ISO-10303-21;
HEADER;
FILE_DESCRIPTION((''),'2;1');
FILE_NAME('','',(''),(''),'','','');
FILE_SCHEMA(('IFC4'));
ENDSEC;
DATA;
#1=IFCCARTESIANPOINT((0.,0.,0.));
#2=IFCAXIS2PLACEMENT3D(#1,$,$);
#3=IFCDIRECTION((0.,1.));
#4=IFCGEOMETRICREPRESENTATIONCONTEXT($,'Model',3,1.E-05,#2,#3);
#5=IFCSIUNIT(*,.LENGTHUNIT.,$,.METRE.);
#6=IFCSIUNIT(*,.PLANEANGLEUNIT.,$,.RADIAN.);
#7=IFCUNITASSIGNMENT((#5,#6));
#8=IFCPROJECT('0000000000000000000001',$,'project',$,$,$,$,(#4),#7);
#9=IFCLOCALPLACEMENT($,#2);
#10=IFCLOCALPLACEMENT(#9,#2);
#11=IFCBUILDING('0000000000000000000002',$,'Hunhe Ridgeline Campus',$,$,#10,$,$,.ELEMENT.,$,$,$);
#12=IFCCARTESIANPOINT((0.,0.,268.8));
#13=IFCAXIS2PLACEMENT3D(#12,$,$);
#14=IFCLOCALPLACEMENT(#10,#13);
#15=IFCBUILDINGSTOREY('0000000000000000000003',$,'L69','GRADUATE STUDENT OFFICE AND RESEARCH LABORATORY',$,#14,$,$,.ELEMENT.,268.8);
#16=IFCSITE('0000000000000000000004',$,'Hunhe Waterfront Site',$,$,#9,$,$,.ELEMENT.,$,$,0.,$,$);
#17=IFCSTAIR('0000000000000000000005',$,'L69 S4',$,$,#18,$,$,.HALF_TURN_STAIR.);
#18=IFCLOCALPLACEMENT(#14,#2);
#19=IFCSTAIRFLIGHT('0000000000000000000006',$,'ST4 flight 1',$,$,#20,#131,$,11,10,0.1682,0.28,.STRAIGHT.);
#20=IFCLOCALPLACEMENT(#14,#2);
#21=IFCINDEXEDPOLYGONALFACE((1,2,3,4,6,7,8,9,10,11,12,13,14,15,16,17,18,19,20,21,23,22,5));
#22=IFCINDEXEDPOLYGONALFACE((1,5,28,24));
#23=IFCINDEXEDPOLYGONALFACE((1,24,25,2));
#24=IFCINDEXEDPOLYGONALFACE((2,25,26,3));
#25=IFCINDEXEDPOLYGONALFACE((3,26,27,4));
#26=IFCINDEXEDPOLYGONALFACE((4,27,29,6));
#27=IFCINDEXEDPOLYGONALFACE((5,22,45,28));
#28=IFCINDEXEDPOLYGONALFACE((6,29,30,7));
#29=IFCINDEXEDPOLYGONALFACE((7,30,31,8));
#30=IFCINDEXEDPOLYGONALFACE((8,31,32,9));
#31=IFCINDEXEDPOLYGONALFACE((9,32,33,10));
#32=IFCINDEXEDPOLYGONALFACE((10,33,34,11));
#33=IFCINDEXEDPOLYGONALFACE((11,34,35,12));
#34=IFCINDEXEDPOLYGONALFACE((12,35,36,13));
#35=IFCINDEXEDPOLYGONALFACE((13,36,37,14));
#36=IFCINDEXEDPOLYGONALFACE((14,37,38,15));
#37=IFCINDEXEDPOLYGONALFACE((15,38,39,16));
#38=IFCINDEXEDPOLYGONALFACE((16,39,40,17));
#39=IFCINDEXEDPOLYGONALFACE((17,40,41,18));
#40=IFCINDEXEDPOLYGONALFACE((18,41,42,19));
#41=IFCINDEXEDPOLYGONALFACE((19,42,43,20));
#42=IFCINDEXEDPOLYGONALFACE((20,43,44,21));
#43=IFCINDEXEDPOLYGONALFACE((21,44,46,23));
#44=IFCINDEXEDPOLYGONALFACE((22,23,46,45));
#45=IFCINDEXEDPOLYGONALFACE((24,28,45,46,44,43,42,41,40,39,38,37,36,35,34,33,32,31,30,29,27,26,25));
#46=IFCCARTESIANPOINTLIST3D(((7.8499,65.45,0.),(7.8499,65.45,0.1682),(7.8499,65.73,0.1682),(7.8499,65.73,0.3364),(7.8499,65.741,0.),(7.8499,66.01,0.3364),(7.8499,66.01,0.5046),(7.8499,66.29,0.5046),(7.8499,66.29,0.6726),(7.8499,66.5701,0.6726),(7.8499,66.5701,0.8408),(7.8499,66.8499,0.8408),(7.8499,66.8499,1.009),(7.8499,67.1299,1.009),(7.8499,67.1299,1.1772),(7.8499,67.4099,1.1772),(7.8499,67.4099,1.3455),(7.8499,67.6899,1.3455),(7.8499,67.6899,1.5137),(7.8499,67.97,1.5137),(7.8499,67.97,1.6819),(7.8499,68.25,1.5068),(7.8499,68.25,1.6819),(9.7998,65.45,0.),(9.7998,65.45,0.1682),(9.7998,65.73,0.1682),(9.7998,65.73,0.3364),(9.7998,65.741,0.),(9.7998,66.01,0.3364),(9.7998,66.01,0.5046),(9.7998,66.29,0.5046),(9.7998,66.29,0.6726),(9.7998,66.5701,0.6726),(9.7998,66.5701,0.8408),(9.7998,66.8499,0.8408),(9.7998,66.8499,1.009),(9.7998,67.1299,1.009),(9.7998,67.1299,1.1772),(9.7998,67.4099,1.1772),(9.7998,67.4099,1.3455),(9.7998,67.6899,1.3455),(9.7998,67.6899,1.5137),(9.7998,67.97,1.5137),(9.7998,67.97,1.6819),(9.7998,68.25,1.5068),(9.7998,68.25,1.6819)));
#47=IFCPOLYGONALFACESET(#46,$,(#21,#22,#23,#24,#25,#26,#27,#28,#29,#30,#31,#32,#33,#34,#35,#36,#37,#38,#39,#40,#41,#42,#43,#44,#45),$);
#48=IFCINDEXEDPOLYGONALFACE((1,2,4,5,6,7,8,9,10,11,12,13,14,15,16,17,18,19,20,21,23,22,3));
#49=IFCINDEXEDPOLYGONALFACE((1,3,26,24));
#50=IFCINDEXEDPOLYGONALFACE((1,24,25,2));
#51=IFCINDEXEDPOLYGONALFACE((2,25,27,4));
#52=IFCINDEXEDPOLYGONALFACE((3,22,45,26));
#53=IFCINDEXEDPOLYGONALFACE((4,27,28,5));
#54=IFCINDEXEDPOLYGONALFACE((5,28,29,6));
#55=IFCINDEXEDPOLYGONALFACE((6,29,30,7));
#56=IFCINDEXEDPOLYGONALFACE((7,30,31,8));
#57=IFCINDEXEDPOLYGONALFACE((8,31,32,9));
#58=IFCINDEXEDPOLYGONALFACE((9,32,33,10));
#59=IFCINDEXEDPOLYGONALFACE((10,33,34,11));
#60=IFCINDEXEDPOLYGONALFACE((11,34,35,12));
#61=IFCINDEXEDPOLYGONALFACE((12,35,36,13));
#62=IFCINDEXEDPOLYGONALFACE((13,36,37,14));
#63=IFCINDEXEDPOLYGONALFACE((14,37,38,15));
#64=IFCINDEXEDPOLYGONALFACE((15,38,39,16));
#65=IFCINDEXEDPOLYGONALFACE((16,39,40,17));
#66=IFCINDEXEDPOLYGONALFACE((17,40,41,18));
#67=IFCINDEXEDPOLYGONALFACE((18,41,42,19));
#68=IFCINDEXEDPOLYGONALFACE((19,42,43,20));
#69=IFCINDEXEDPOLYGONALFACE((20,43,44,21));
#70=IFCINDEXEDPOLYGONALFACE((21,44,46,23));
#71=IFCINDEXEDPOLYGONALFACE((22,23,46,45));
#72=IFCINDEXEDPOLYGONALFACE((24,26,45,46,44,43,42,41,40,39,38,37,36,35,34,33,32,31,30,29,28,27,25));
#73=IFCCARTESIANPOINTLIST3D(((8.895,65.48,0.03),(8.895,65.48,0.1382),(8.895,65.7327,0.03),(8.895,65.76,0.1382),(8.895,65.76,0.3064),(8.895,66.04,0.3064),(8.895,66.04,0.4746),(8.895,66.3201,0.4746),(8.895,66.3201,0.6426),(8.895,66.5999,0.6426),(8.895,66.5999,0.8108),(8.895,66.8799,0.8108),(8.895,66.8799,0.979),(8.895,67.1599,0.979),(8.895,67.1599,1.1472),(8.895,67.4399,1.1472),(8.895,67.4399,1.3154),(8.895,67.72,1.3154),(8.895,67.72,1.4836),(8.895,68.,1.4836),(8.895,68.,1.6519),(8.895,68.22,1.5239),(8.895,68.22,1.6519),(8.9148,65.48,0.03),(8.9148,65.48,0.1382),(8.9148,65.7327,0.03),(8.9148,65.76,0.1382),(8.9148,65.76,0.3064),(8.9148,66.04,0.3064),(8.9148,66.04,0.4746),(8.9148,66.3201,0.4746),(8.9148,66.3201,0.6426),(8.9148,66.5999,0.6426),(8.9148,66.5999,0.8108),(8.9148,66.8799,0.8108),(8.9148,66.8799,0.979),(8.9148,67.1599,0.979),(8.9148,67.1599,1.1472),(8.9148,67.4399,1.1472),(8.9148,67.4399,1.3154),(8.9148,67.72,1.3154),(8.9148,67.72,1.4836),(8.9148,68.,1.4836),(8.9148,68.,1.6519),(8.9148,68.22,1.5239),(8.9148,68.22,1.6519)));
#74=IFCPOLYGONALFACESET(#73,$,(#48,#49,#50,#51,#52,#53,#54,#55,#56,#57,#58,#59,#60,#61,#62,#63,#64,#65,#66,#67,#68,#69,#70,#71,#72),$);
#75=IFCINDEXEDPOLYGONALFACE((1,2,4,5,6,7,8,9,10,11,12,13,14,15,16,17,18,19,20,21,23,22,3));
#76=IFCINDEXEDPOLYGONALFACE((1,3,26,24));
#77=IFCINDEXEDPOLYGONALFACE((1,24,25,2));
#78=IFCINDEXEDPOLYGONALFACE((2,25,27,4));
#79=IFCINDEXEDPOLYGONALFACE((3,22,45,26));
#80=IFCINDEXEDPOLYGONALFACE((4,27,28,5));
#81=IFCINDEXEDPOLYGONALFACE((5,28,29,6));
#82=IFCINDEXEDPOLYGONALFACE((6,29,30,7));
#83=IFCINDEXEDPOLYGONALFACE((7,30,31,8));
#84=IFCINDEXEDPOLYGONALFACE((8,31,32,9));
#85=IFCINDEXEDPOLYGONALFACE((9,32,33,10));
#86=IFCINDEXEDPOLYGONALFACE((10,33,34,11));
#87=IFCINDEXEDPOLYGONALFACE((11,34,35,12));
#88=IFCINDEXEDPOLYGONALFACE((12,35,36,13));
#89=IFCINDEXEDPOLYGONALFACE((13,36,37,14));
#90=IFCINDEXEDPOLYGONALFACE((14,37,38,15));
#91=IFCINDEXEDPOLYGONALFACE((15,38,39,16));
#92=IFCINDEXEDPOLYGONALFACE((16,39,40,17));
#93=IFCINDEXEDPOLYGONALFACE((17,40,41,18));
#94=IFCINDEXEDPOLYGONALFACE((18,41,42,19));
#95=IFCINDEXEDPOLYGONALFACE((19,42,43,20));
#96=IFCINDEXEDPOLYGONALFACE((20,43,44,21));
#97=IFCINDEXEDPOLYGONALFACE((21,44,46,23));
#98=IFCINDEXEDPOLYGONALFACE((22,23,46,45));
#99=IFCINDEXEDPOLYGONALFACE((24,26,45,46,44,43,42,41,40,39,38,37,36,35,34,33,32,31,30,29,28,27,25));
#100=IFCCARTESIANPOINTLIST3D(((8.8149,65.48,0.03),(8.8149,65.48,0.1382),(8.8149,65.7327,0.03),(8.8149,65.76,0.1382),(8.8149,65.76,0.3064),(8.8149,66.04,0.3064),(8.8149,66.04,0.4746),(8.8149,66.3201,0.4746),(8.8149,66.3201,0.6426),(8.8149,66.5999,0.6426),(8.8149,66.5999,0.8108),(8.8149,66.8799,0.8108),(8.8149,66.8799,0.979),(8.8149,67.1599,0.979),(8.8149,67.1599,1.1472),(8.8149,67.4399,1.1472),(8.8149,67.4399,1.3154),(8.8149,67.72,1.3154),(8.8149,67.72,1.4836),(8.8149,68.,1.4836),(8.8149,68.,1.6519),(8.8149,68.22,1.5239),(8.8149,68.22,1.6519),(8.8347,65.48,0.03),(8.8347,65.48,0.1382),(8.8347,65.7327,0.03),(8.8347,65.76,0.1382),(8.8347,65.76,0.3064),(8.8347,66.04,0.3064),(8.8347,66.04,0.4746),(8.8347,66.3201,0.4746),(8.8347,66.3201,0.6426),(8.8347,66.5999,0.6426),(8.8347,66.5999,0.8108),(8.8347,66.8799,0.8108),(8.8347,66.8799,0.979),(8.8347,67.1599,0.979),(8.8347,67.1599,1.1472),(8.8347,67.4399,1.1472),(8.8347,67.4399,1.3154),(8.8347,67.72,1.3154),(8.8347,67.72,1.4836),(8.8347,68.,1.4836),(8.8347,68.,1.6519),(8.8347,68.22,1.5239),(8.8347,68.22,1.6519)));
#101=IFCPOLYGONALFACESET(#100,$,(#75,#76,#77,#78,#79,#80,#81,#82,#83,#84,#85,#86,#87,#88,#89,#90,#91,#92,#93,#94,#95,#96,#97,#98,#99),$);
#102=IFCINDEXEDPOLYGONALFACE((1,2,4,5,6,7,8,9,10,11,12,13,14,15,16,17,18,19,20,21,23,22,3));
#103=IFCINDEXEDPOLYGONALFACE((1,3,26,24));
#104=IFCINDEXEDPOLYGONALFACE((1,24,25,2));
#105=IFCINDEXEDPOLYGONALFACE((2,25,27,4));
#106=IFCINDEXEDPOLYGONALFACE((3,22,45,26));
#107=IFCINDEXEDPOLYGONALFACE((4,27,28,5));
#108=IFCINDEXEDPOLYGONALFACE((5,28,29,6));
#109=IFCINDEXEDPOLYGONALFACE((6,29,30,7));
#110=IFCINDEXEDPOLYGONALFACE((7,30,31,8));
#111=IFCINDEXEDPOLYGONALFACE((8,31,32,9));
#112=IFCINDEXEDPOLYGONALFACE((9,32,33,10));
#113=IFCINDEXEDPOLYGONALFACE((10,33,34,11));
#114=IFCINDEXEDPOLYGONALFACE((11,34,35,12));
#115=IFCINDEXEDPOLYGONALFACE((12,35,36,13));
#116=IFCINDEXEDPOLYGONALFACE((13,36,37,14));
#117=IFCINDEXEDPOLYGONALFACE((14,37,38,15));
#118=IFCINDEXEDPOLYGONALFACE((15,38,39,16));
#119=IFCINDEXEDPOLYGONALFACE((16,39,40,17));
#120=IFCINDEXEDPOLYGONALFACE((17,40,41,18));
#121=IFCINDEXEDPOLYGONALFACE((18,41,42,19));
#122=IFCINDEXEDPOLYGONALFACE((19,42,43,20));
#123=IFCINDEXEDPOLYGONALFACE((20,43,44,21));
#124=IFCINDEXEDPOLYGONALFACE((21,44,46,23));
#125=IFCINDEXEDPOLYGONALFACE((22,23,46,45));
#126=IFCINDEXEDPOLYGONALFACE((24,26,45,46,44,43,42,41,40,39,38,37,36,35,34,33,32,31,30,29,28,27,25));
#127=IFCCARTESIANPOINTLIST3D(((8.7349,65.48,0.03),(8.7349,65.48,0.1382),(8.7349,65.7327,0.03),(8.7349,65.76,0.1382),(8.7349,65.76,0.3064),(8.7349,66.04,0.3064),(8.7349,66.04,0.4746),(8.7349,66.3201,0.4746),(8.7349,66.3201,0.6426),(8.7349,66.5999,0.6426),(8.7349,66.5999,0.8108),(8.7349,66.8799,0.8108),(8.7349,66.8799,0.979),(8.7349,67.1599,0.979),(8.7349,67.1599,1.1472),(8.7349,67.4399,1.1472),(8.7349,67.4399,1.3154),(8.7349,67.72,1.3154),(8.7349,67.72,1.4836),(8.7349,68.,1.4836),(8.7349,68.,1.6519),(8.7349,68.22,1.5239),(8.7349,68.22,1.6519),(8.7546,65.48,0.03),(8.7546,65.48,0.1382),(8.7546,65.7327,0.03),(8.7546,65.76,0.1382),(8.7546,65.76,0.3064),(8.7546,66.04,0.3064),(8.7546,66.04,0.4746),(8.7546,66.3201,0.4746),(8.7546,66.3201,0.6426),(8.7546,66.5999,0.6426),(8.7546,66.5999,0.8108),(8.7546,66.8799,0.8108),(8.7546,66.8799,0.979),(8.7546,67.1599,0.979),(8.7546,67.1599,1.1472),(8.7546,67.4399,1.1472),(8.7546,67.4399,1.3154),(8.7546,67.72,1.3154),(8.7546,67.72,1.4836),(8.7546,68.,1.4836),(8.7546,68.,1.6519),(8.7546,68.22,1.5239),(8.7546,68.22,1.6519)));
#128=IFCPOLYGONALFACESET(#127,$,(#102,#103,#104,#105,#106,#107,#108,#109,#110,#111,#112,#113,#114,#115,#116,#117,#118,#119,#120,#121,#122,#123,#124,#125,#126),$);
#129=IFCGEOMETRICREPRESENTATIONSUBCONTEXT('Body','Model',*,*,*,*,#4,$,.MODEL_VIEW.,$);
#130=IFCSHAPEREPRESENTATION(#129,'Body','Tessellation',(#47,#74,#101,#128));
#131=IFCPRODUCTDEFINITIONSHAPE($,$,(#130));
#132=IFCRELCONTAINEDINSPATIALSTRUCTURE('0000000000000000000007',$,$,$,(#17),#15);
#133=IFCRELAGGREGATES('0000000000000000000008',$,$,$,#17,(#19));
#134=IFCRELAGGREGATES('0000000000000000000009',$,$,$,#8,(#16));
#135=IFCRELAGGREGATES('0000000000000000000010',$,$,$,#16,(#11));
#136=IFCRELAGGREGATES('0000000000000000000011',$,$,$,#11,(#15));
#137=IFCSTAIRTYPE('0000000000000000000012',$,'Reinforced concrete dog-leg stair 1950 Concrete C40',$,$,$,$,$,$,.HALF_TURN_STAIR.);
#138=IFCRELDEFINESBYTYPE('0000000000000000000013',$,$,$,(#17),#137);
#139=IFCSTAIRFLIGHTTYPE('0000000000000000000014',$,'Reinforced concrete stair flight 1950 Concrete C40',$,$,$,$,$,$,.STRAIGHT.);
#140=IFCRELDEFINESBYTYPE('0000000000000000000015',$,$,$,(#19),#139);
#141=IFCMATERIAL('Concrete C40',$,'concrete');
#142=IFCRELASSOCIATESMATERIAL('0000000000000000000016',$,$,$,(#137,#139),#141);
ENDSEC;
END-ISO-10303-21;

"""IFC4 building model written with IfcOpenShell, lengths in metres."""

from ifc_helpers import new_model, si_unit, direction, frame, origin, place, context, subcontext, project, spatial, polyline, outline, extrude, material, type_object, element, aggregate, save


model = new_model("IFC4")

# Units and contexts
model_context = context("Model", 3, precision=1e-05, world=origin(), true_north=direction((0.0, 1.0)))
body_context = subcontext(model_context, "Body", "Model", "MODEL_VIEW")
ifc_project = project(units=[si_unit("LENGTHUNIT", "METRE"), si_unit("PLANEANGLEUNIT", "RADIAN")], contexts=[model_context])

# Site, building, storey
site_placement = place(None, origin())
site = spatial("IfcSite", under=ifc_project, at=site_placement, Name="Hunhe Waterfront Site", CompositionType="ELEMENT", RefElevation=0.0)
building_placement = place(site_placement, origin())
building = spatial("IfcBuilding", under=site, at=building_placement, Name="Hunhe Ridgeline Campus", CompositionType="ELEMENT")
storey_placement = place(building_placement, frame((0.0, 0.0, 268.8)))
storey = spatial("IfcBuildingStorey", under=building, at=storey_placement, Name="L69", Description="GRADUATE STUDENT OFFICE AND RESEARCH LABORATORY", CompositionType="ELEMENT", Elevation=268.8)

# Stair, stair flight
ifc_material_1 = material(Name="Concrete C40", Category="concrete")
stair_type = type_object("IfcStairType", Name="Reinforced concrete dog-leg stair 1950 Concrete C40", PredefinedType="HALF_TURN_STAIR", material=ifc_material_1)
stair_flight_type = type_object("IfcStairFlightType", Name="Reinforced concrete stair flight 1950 Concrete C40", PredefinedType="STRAIGHT", material=ifc_material_1)
stair_1_placement = place(storey_placement, origin())
stair_1 = element("IfcStair", 1, at=stair_1_placement, inside=storey, type_object=stair_type, Name="L69 S4", PredefinedType="HALF_TURN_STAIR")
stair_flight_1_placement = place(storey_placement, frame((8.825, 65.45, 0.0), z_axis=(0.0, 0.0, 1.0), x_axis=(0.0, 1.0, 0.0)))
stair_flight_1 = element("IfcStairFlight", 2, at=stair_flight_1_placement, type_object=stair_flight_type, Name="ST4 flight 1", NumberOfRisers=11, NumberOfTreads=10, PredefinedType="STRAIGHT", RiserHeight=0.1682, TreadLength=0.28, context=body_context, shape_type="SweptSolid", body=[
    extrude(outline(polyline([(0.0, 0.0), (0.0, 0.1682), (0.28, 0.1682), (0.28, 0.3364), (0.5601, 0.3364), (0.5601, 0.5046), (0.8401, 0.5046), (0.8401, 0.6726), (1.1201, 0.6726), (1.1201, 0.8408), (1.3999, 0.8408), (1.3999, 1.009), (1.6799, 1.009), (1.6799, 1.1772), (1.96, 1.1772), (1.96, 1.3455), (2.24, 1.3455), (2.24, 1.5137), (2.52, 1.5137), (2.52, 1.6819), (2.8, 1.6819), (2.8, 1.8501), (2.8, 1.5068), (0.291, 0.0), (0.0, 0.0)])), frame((0.0, 0.9751, 0.0), z_axis=(0.0, -1.0, 0.0), x_axis=(1.0, 0.0, 0.0)), (0.0, 0.0, 1.0), 1.95),
    extrude(outline(polyline([(0.03, 0.03), (0.03, 0.1382), (0.3101, 0.1382), (0.3101, 0.3064), (0.5901, 0.3064), (0.5901, 0.4746), (0.8701, 0.4746), (0.8701, 0.6426), (1.1499, 0.6426), (1.1499, 0.8108), (1.4299, 0.8108), (1.4299, 0.979), (1.71, 0.979), (1.71, 1.1472), (1.99, 1.1472), (1.99, 1.3154), (2.27, 1.3154), (2.27, 1.4836), (2.55, 1.4836), (2.55, 1.6519), (2.77, 1.6519), (2.77, 1.5239), (0.2827, 0.03), (0.03, 0.03)])), frame((0.0, -0.0701, 0.0), z_axis=(0.0, -1.0, 0.0), x_axis=(1.0, 0.0, 0.0)), (0.0, 0.0, 1.0), 0.0198),
    extrude(outline(polyline([(0.03, 0.03), (0.03, 0.1382), (0.3101, 0.1382), (0.3101, 0.3064), (0.5901, 0.3064), (0.5901, 0.4746), (0.8701, 0.4746), (0.8701, 0.6426), (1.1499, 0.6426), (1.1499, 0.8108), (1.4299, 0.8108), (1.4299, 0.979), (1.71, 0.979), (1.71, 1.1472), (1.99, 1.1472), (1.99, 1.3154), (2.27, 1.3154), (2.27, 1.4836), (2.55, 1.4836), (2.55, 1.6519), (2.77, 1.6519), (2.77, 1.5239), (0.2827, 0.03), (0.03, 0.03)])), frame((0.0, 0.01, 0.0), z_axis=(0.0, -1.0, 0.0), x_axis=(1.0, 0.0, 0.0)), (0.0, 0.0, 1.0), 0.0198),
    extrude(outline(polyline([(0.03, 0.03), (0.03, 0.1382), (0.3101, 0.1382), (0.3101, 0.3064), (0.5901, 0.3064), (0.5901, 0.4746), (0.8701, 0.4746), (0.8701, 0.6426), (1.1499, 0.6426), (1.1499, 0.8108), (1.4299, 0.8108), (1.4299, 0.979), (1.71, 0.979), (1.71, 1.1472), (1.99, 1.1472), (1.99, 1.3154), (2.27, 1.3154), (2.27, 1.4836), (2.55, 1.4836), (2.55, 1.6519), (2.77, 1.6519), (2.77, 1.5239), (0.2827, 0.03), (0.03, 0.03)])), frame((0.0, 0.0901, 0.0), z_axis=(0.0, -1.0, 0.0), x_axis=(1.0, 0.0, 0.0)), (0.0, 0.0, 1.0), 0.0198),
])
aggregate(stair_1, [stair_flight_1])

save(model, "model.ifc")
